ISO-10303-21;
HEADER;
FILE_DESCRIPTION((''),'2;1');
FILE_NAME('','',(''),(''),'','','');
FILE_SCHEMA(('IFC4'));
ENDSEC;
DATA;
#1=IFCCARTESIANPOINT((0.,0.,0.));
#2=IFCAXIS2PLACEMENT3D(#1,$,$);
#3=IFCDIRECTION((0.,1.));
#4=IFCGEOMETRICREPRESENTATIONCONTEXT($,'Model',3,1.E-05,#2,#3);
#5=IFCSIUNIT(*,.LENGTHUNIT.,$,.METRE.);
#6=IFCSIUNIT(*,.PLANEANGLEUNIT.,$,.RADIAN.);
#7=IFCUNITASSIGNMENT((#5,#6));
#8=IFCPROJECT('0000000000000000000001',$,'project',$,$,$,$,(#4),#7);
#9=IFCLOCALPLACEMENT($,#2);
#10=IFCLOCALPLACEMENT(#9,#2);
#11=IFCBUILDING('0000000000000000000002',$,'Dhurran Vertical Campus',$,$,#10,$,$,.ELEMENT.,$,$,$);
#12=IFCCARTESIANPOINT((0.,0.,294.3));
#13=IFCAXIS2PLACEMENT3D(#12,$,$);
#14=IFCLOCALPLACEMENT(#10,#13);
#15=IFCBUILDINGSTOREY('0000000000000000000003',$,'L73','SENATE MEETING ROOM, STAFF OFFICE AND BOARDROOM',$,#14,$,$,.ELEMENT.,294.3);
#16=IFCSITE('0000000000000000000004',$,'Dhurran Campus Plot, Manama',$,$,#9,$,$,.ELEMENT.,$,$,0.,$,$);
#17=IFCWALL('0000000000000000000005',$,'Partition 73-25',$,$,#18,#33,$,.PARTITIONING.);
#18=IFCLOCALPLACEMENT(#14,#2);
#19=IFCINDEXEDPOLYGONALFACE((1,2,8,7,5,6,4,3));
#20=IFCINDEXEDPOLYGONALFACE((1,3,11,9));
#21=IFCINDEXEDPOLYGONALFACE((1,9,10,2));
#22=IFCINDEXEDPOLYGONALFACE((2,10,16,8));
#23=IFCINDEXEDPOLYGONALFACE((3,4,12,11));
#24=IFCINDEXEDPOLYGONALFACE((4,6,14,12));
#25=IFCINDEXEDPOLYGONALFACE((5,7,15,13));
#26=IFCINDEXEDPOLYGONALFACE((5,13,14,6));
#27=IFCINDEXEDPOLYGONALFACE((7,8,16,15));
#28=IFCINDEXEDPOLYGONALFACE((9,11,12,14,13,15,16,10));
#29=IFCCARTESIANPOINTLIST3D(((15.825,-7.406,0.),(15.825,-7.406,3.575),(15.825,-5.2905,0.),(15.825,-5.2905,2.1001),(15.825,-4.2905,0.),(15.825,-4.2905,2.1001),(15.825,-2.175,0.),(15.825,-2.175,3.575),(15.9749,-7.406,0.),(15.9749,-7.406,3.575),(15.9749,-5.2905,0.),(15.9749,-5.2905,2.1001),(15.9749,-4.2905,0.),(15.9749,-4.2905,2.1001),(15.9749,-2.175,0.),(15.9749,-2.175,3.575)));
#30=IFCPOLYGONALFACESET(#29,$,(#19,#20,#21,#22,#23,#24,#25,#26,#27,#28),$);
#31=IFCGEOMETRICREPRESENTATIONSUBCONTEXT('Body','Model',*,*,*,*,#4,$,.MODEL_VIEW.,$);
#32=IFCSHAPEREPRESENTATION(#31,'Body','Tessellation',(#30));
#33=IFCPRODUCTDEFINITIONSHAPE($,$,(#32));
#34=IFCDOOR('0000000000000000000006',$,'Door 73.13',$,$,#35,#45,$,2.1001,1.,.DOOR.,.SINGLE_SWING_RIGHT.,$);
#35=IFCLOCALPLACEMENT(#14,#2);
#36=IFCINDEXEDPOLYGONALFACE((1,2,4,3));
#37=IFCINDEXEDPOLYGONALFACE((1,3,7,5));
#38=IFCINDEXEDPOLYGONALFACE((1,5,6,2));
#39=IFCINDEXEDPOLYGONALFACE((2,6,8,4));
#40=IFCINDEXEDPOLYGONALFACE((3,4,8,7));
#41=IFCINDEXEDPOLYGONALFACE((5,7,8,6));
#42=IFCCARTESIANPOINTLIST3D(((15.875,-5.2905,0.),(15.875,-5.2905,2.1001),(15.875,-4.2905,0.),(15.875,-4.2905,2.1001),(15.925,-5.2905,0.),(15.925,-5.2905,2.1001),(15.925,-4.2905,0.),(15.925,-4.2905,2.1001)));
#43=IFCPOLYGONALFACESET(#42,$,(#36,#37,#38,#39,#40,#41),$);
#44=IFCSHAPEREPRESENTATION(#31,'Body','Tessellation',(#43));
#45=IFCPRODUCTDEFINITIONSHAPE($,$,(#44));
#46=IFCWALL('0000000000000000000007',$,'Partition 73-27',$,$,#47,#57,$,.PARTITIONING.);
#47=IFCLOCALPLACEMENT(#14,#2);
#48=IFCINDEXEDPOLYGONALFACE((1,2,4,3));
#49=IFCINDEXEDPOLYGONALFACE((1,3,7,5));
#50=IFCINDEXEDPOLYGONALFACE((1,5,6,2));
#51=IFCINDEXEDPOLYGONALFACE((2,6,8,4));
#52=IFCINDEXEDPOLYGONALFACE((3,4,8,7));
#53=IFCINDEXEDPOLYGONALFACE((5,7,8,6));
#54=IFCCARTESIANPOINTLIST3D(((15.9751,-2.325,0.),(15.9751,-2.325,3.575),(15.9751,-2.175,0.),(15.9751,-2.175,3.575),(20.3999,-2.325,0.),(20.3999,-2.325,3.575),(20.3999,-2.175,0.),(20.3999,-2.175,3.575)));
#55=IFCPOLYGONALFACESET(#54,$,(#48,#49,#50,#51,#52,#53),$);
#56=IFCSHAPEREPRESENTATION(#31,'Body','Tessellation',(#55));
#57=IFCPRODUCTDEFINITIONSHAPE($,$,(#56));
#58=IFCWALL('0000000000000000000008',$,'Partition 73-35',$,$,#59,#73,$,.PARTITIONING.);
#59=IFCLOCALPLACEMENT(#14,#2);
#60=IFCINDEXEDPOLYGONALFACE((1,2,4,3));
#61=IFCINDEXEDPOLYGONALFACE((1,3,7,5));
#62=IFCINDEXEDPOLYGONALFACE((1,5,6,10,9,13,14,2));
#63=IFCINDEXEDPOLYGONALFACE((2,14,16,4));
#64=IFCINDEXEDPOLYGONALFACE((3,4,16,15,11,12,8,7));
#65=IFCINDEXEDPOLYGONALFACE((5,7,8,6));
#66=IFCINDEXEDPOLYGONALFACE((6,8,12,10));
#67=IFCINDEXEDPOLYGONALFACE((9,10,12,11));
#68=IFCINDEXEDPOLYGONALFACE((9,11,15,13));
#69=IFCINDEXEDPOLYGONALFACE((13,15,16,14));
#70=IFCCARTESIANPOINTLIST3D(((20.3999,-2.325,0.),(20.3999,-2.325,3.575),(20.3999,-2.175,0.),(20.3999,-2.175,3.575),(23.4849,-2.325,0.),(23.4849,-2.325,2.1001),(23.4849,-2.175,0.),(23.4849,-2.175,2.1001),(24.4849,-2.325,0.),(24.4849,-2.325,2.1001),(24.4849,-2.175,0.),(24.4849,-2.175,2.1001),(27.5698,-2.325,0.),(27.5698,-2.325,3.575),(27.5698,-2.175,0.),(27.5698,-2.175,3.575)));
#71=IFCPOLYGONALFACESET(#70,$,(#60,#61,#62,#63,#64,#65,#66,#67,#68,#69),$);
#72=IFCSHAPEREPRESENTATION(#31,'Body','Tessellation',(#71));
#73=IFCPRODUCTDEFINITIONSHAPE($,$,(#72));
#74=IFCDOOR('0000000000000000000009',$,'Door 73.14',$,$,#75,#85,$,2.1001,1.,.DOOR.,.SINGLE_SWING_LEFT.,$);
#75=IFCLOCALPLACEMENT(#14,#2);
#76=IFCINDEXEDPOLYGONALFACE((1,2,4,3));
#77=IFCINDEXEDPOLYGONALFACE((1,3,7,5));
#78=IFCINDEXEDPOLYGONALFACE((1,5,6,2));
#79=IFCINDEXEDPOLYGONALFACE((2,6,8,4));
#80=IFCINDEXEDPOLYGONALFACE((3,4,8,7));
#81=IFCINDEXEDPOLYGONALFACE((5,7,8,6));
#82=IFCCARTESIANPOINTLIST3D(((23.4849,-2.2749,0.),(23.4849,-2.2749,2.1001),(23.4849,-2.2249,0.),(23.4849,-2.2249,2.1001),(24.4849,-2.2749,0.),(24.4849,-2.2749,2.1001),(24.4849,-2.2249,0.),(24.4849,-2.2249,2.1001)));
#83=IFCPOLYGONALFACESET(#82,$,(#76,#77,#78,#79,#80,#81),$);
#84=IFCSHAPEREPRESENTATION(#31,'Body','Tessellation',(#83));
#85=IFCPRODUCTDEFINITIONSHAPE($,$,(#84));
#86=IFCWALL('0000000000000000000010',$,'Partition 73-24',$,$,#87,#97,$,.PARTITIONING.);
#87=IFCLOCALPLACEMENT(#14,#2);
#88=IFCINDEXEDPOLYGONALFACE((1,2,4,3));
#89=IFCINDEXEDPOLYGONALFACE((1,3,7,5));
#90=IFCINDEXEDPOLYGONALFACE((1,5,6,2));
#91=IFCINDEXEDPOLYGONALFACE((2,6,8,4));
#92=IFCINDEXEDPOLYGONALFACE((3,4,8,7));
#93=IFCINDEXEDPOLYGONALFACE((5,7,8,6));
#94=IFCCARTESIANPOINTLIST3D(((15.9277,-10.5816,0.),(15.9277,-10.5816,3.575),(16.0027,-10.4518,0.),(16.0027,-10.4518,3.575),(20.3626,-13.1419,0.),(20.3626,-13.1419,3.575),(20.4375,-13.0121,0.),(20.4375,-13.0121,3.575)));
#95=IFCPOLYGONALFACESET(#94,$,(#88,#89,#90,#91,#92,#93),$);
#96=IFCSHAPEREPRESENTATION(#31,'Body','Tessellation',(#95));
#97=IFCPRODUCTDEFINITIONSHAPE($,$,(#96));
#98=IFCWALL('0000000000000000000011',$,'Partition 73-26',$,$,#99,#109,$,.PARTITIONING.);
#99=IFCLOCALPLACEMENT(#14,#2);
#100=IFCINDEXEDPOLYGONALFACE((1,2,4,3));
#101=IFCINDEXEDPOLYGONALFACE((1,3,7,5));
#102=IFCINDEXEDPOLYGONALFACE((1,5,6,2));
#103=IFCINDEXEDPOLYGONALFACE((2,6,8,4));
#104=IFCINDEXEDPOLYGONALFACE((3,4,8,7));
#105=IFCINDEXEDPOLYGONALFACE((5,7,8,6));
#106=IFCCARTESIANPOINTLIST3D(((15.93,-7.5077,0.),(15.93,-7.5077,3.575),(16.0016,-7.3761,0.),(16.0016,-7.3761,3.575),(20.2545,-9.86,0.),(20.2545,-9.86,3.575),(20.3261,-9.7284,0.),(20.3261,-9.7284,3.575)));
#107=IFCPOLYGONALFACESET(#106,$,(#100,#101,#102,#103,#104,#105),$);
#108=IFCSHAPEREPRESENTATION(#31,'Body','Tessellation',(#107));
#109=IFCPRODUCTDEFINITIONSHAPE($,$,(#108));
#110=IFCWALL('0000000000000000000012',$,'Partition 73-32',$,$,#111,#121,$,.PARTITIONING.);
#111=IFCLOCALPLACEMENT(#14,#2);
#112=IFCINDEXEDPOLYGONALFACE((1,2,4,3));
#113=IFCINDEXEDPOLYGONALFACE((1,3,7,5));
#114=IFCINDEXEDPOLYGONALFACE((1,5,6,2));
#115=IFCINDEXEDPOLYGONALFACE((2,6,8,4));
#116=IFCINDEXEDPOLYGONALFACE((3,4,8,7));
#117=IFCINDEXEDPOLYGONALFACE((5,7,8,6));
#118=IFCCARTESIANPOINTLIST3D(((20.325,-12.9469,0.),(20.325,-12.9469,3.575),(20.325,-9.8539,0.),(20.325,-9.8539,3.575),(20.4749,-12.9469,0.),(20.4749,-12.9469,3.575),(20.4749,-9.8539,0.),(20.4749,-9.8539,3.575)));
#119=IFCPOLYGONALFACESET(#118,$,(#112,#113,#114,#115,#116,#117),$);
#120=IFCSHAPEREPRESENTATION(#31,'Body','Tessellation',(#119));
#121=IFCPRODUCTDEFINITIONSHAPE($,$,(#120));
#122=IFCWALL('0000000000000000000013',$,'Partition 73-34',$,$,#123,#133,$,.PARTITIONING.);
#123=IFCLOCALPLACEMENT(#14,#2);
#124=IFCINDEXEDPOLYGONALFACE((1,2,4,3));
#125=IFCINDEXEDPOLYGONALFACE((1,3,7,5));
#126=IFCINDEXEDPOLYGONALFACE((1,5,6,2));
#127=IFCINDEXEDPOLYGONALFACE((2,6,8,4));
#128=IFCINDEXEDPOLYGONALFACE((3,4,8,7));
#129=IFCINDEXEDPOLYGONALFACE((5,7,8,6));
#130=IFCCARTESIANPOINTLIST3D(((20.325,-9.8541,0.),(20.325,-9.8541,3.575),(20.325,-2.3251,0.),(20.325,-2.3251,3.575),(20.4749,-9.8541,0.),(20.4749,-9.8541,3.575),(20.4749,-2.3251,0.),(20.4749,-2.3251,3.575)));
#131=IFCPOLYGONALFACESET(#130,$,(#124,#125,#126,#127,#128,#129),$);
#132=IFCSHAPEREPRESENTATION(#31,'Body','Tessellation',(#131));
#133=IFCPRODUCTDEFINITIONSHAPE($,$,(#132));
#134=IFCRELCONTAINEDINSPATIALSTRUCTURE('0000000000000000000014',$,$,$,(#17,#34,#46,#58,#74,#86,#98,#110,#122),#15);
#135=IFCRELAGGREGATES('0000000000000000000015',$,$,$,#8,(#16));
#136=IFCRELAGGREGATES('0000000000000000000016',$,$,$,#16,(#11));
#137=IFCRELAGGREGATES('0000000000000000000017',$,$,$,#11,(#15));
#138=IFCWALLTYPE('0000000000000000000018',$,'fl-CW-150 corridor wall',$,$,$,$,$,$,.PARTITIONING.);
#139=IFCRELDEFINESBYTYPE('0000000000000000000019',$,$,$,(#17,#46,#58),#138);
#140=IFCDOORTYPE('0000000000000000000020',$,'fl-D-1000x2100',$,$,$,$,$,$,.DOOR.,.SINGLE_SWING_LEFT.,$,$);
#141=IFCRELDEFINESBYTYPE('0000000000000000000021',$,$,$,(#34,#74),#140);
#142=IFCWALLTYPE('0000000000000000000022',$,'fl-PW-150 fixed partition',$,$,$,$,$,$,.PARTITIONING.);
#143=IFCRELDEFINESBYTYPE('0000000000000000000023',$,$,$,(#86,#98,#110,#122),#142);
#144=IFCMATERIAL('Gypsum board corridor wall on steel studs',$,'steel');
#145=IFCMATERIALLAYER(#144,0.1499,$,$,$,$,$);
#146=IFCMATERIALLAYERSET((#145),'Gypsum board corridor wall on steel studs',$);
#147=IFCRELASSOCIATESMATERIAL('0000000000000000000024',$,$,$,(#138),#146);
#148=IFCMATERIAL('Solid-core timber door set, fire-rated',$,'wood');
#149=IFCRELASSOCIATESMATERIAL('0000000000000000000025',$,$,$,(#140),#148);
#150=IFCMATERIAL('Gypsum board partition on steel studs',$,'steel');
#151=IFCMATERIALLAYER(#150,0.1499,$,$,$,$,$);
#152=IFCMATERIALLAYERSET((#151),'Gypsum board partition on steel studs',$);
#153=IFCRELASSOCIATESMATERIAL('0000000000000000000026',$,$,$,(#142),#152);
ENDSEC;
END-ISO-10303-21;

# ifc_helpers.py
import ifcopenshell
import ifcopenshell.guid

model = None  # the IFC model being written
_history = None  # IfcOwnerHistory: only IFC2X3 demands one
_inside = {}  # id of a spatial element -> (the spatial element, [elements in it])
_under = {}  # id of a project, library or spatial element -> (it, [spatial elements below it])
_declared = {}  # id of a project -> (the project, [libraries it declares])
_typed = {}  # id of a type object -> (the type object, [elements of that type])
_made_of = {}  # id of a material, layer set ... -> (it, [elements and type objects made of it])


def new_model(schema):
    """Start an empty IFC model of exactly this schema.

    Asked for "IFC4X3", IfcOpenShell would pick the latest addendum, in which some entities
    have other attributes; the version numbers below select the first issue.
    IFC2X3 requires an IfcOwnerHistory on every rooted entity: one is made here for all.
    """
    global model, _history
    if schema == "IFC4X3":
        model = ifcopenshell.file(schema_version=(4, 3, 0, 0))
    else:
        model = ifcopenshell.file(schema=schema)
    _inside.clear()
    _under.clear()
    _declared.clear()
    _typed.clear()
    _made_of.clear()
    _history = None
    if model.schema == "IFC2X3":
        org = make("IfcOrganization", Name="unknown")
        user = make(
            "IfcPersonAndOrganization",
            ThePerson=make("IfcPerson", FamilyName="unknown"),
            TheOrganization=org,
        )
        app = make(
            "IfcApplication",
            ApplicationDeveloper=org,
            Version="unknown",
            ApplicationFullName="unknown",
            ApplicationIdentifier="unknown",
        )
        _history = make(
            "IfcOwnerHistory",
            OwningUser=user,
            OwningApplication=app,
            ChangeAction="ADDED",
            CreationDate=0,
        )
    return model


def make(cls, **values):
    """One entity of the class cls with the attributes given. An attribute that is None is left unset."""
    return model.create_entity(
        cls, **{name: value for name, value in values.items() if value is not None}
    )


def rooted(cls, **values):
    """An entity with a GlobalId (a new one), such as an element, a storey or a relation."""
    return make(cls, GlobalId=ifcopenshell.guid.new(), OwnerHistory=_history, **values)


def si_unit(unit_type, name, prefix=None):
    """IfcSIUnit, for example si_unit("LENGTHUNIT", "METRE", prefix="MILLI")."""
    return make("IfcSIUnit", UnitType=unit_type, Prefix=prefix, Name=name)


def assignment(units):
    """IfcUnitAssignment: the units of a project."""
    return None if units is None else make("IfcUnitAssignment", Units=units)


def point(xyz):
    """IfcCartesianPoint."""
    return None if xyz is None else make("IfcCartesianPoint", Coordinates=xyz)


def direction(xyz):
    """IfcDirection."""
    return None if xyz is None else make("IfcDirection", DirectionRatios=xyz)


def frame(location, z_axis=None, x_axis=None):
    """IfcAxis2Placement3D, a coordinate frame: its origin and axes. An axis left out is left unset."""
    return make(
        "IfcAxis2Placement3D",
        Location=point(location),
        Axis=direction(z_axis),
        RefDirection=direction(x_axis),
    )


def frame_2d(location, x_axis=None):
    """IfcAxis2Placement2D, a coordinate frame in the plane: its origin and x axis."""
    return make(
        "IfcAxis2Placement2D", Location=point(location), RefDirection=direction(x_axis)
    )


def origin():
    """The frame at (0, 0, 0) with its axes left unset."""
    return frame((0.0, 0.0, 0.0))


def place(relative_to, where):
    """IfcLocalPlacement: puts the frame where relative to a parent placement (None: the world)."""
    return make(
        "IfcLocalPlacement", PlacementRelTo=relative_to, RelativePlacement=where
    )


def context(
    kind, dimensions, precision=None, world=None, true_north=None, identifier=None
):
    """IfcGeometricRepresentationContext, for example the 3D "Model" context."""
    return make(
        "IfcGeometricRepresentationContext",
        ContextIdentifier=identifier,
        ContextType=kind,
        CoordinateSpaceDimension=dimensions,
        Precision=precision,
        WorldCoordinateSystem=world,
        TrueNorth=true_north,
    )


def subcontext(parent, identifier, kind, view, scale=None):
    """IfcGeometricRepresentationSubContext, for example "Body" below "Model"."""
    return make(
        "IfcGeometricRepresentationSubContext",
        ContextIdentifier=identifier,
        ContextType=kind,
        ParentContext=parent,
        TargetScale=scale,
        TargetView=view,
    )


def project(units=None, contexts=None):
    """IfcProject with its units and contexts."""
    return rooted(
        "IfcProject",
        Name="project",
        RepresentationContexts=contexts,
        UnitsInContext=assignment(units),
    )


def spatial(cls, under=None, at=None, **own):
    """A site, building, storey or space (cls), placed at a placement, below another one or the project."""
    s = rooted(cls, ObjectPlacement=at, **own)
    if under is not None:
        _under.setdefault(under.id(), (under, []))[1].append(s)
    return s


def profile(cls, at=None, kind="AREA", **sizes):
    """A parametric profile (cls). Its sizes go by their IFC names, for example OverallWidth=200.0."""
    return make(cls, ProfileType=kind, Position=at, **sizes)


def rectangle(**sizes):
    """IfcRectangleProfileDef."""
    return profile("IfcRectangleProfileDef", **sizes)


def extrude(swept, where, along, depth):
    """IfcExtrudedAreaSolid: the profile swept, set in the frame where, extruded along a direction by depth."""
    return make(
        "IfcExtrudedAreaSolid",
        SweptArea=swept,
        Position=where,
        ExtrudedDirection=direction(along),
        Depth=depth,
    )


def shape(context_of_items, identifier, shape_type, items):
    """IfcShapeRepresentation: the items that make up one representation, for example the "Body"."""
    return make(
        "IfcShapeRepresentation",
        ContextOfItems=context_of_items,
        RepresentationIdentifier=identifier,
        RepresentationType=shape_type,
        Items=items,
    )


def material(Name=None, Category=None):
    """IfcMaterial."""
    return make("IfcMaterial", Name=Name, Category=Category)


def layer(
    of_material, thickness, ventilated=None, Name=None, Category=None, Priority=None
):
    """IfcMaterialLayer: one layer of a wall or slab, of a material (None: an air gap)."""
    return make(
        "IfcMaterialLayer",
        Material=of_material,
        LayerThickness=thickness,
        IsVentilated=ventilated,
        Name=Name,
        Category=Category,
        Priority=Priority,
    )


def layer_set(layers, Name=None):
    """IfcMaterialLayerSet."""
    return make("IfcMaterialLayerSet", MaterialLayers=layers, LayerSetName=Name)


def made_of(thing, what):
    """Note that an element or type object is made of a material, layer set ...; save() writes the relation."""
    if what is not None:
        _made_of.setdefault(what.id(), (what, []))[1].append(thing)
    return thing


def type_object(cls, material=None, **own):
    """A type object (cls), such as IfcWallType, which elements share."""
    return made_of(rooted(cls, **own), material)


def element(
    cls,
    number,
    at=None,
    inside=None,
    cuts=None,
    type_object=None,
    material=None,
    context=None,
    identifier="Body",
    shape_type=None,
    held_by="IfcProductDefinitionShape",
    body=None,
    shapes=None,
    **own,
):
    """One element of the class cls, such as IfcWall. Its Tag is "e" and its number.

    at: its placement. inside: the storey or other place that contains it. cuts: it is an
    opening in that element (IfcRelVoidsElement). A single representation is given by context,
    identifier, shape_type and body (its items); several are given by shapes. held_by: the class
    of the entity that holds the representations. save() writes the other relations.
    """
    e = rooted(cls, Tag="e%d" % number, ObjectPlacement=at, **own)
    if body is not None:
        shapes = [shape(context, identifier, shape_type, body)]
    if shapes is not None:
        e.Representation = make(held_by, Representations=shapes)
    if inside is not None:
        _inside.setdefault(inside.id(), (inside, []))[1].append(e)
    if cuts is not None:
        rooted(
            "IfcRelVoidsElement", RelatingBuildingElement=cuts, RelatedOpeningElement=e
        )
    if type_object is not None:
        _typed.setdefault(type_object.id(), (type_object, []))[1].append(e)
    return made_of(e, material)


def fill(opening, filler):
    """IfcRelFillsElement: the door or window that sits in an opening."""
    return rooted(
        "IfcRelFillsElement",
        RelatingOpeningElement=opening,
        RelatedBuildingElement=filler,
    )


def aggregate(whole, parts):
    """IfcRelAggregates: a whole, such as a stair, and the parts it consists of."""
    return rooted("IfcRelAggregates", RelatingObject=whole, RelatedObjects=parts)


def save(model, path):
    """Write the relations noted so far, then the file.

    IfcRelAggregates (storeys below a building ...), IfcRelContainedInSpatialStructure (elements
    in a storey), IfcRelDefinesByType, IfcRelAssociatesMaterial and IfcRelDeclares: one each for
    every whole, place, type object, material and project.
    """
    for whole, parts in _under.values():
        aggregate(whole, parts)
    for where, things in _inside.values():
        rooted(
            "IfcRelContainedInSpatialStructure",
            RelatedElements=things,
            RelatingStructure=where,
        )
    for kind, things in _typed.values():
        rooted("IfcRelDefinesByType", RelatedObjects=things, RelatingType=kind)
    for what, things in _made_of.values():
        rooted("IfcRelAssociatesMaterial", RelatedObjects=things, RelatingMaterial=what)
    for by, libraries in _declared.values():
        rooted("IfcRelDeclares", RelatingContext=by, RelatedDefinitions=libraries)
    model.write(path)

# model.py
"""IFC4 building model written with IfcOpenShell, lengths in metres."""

from ifc_helpers import new_model, si_unit, direction, frame, frame_2d, origin, place, context, subcontext, project, spatial, rectangle, extrude, material, layer, layer_set, type_object, element, fill, save


model = new_model("IFC4")

# Units and contexts
model_context = context("Model", 3, precision=1e-05, world=origin(), true_north=direction((0.0, 1.0)))
body_context = subcontext(model_context, "Body", "Model", "MODEL_VIEW")
ifc_project = project(units=[si_unit("LENGTHUNIT", "METRE"), si_unit("PLANEANGLEUNIT", "RADIAN")], contexts=[model_context])

# Site, building, storey
site_placement = place(None, origin())
site = spatial("IfcSite", under=ifc_project, at=site_placement, Name="Dhurran Campus Plot, Manama", CompositionType="ELEMENT", RefElevation=0.0)
building_placement = place(site_placement, origin())
building = spatial("IfcBuilding", under=site, at=building_placement, Name="Dhurran Vertical Campus", CompositionType="ELEMENT")
storey_placement = place(building_placement, frame((0.0, 0.0, 294.3)))
storey = spatial("IfcBuildingStorey", under=building, at=storey_placement, Name="L73", Description="SENATE MEETING ROOM, STAFF OFFICE AND BOARDROOM", CompositionType="ELEMENT", Elevation=294.3)

# Wall, opening, door
ifc_material_1 = material(Name="Gypsum board corridor wall on steel studs", Category="steel")
ifc_layer_1 = layer(ifc_material_1, 0.1499)
ifc_layer_set_1 = layer_set([ifc_layer_1], Name="Gypsum board corridor wall on steel studs")
wall_type_1 = type_object("IfcWallType", Name="fl-CW-150 corridor wall", PredefinedType="PARTITIONING", material=ifc_layer_set_1)
ifc_material_2 = material(Name="Solid-core timber door set, fire-rated", Category="wood")
door_type = type_object("IfcDoorType", Name="fl-D-1000x2100", OperationType="SINGLE_SWING_LEFT", PredefinedType="DOOR", material=ifc_material_2)
wall_1_placement = place(storey_placement, frame((15.8999, -7.406, 0.0), z_axis=(0.0, 0.0, 1.0), x_axis=(0.0, 1.0, 0.0)))
wall_1 = element("IfcWall", 1, at=wall_1_placement, inside=storey, type_object=wall_type_1, Name="Partition 73-25", PredefinedType="PARTITIONING", context=body_context, shape_type="SweptSolid", body=[
    extrude(rectangle(XDim=5.231, YDim=0.1499, at=frame_2d((2.6155, 0.0))), origin(), (0.0, 0.0, 1.0), 3.575),
])
opening_1_placement = place(wall_1_placement, frame((2.1155, 0.0, 0.0)))
opening_1 = element("IfcOpeningElement", 2, at=opening_1_placement, cuts=wall_1, PredefinedType="OPENING", context=body_context, shape_type="SweptSolid", body=[
    extrude(rectangle(XDim=1.0, YDim=2.1001, at=frame_2d((0.5, 1.05))), frame((0.0, 0.085, 0.0), z_axis=(0.0, -1.0, 0.0), x_axis=(1.0, 0.0, 0.0)), (0.0, 0.0, 1.0), 0.1699),
])
door_1_placement = place(opening_1_placement, origin())
door_1 = element("IfcDoor", 3, at=door_1_placement, inside=storey, type_object=door_type, Name="Door 73.13", OperationType="SINGLE_SWING_RIGHT", OverallHeight=2.1001, OverallWidth=1.0, PredefinedType="DOOR", context=body_context, shape_type="SweptSolid", body=[
    extrude(rectangle(XDim=1.0, YDim=2.1001, at=frame_2d((0.5, 1.05))), frame((0.0, 0.0249, 0.0), z_axis=(0.0, -1.0, 0.0), x_axis=(1.0, 0.0, 0.0)), (0.0, 0.0, 1.0), 0.05),
])
fill(opening_1, door_1)

# Wall
wall_2_placement = place(storey_placement, frame((20.3999, -2.25, 0.0), z_axis=(0.0, 0.0, 1.0), x_axis=(-1.0, 0.0, 0.0)))
element("IfcWall", 4, at=wall_2_placement, inside=storey, type_object=wall_type_1, Name="Partition 73-27", PredefinedType="PARTITIONING", context=body_context, shape_type="SweptSolid", body=[
    extrude(rectangle(XDim=4.4248, YDim=0.1499, at=frame_2d((2.2124, 0.0))), origin(), (0.0, 0.0, 1.0), 3.575),
])

# Wall, opening, door
wall_3_placement = place(storey_placement, frame((27.5698, -2.25, 0.0), z_axis=(0.0, 0.0, 1.0), x_axis=(-1.0, 0.0, 0.0)))
wall_3 = element("IfcWall", 5, at=wall_3_placement, inside=storey, type_object=wall_type_1, Name="Partition 73-35", PredefinedType="PARTITIONING", context=body_context, shape_type="SweptSolid", body=[
    extrude(rectangle(XDim=7.1699, YDim=0.1499, at=frame_2d((3.585, 0.0))), origin(), (0.0, 0.0, 1.0), 3.575),
])
opening_2_placement = place(wall_3_placement, frame((3.085, 0.0, 0.0)))
opening_2 = element("IfcOpeningElement", 6, at=opening_2_placement, cuts=wall_3, PredefinedType="OPENING", context=body_context, shape_type="SweptSolid", body=[
    extrude(rectangle(XDim=1.0, YDim=2.1001, at=frame_2d((0.5, 1.05))), frame((0.0, 0.085, 0.0), z_axis=(0.0, -1.0, 0.0), x_axis=(1.0, 0.0, 0.0)), (0.0, 0.0, 1.0), 0.1699),
])
door_2_placement = place(opening_2_placement, origin())
door_2 = element("IfcDoor", 7, at=door_2_placement, inside=storey, type_object=door_type, Name="Door 73.14", OperationType="SINGLE_SWING_LEFT", OverallHeight=2.1001, OverallWidth=1.0, PredefinedType="DOOR", context=body_context, shape_type="SweptSolid", body=[
    extrude(rectangle(XDim=1.0, YDim=2.1001, at=frame_2d((0.5, 1.05))), frame((0.0, 0.0249, 0.0), z_axis=(0.0, -1.0, 0.0), x_axis=(1.0, 0.0, 0.0)), (0.0, 0.0, 1.0), 0.05),
])
fill(opening_2, door_2)

# Walls
ifc_material_3 = material(Name="Gypsum board partition on steel studs", Category="steel")
ifc_layer_2 = layer(ifc_material_3, 0.1499)
ifc_layer_set_2 = layer_set([ifc_layer_2], Name="Gypsum board partition on steel studs")
wall_type_2 = type_object("IfcWallType", Name="fl-PW-150 fixed partition", PredefinedType="PARTITIONING", material=ifc_layer_set_2)
wall_4_placement = place(storey_placement, frame((15.9651, -10.5166, 0.0), z_axis=(0.0, 0.0, 1.0), x_axis=(0.866037, -0.49998, 0.0)))
element("IfcWall", 8, at=wall_4_placement, inside=storey, type_object=wall_type_2, Name="Partition 73-24", PredefinedType="PARTITIONING", context=body_context, shape_type="SweptSolid", body=[
    extrude(rectangle(XDim=5.1208, YDim=0.1499, at=frame_2d((2.5605, 0.0))), origin(), (0.0, 0.0, 1.0), 3.575),
])
wall_5_placement = place(storey_placement, frame((15.9658, -7.4419, 0.0), z_axis=(0.0, 0.0, 1.0), x_axis=(0.87845, -0.477834, 0.0)))
element("IfcWall", 9, at=wall_5_placement, inside=storey, type_object=wall_type_2, Name="Partition 73-26", PredefinedType="PARTITIONING", context=body_context, shape_type="SweptSolid", body=[
    extrude(rectangle(XDim=4.9229, YDim=0.1499, at=frame_2d((2.4614, 0.0))), origin(), (0.0, 0.0, 1.0), 3.575),
])
wall_6_placement = place(storey_placement, frame((20.3999, -9.854, 0.0), z_axis=(0.0, 0.0, 1.0), x_axis=(0.0, -1.0, 0.0)))
element("IfcWall", 10, at=wall_6_placement, inside=storey, type_object=wall_type_2, Name="Partition 73-32", PredefinedType="PARTITIONING", context=body_context, shape_type="SweptSolid", body=[
    extrude(rectangle(XDim=3.093, YDim=0.1499, at=frame_2d((1.5464, 0.0))), origin(), (0.0, 0.0, 1.0), 3.575),
])
wall_7_placement = place(storey_placement, frame((20.3999, -2.325, 0.0), z_axis=(0.0, 0.0, 1.0), x_axis=(0.0, -1.0, 0.0)))
element("IfcWall", 11, at=wall_7_placement, inside=storey, type_object=wall_type_2, Name="Partition 73-34", PredefinedType="PARTITIONING", context=body_context, shape_type="SweptSolid", body=[
    extrude(rectangle(XDim=7.5291, YDim=0.1499, at=frame_2d((3.7646, 0.0))), origin(), (0.0, 0.0, 1.0), 3.575),
])

save(model, "model.ifc")
